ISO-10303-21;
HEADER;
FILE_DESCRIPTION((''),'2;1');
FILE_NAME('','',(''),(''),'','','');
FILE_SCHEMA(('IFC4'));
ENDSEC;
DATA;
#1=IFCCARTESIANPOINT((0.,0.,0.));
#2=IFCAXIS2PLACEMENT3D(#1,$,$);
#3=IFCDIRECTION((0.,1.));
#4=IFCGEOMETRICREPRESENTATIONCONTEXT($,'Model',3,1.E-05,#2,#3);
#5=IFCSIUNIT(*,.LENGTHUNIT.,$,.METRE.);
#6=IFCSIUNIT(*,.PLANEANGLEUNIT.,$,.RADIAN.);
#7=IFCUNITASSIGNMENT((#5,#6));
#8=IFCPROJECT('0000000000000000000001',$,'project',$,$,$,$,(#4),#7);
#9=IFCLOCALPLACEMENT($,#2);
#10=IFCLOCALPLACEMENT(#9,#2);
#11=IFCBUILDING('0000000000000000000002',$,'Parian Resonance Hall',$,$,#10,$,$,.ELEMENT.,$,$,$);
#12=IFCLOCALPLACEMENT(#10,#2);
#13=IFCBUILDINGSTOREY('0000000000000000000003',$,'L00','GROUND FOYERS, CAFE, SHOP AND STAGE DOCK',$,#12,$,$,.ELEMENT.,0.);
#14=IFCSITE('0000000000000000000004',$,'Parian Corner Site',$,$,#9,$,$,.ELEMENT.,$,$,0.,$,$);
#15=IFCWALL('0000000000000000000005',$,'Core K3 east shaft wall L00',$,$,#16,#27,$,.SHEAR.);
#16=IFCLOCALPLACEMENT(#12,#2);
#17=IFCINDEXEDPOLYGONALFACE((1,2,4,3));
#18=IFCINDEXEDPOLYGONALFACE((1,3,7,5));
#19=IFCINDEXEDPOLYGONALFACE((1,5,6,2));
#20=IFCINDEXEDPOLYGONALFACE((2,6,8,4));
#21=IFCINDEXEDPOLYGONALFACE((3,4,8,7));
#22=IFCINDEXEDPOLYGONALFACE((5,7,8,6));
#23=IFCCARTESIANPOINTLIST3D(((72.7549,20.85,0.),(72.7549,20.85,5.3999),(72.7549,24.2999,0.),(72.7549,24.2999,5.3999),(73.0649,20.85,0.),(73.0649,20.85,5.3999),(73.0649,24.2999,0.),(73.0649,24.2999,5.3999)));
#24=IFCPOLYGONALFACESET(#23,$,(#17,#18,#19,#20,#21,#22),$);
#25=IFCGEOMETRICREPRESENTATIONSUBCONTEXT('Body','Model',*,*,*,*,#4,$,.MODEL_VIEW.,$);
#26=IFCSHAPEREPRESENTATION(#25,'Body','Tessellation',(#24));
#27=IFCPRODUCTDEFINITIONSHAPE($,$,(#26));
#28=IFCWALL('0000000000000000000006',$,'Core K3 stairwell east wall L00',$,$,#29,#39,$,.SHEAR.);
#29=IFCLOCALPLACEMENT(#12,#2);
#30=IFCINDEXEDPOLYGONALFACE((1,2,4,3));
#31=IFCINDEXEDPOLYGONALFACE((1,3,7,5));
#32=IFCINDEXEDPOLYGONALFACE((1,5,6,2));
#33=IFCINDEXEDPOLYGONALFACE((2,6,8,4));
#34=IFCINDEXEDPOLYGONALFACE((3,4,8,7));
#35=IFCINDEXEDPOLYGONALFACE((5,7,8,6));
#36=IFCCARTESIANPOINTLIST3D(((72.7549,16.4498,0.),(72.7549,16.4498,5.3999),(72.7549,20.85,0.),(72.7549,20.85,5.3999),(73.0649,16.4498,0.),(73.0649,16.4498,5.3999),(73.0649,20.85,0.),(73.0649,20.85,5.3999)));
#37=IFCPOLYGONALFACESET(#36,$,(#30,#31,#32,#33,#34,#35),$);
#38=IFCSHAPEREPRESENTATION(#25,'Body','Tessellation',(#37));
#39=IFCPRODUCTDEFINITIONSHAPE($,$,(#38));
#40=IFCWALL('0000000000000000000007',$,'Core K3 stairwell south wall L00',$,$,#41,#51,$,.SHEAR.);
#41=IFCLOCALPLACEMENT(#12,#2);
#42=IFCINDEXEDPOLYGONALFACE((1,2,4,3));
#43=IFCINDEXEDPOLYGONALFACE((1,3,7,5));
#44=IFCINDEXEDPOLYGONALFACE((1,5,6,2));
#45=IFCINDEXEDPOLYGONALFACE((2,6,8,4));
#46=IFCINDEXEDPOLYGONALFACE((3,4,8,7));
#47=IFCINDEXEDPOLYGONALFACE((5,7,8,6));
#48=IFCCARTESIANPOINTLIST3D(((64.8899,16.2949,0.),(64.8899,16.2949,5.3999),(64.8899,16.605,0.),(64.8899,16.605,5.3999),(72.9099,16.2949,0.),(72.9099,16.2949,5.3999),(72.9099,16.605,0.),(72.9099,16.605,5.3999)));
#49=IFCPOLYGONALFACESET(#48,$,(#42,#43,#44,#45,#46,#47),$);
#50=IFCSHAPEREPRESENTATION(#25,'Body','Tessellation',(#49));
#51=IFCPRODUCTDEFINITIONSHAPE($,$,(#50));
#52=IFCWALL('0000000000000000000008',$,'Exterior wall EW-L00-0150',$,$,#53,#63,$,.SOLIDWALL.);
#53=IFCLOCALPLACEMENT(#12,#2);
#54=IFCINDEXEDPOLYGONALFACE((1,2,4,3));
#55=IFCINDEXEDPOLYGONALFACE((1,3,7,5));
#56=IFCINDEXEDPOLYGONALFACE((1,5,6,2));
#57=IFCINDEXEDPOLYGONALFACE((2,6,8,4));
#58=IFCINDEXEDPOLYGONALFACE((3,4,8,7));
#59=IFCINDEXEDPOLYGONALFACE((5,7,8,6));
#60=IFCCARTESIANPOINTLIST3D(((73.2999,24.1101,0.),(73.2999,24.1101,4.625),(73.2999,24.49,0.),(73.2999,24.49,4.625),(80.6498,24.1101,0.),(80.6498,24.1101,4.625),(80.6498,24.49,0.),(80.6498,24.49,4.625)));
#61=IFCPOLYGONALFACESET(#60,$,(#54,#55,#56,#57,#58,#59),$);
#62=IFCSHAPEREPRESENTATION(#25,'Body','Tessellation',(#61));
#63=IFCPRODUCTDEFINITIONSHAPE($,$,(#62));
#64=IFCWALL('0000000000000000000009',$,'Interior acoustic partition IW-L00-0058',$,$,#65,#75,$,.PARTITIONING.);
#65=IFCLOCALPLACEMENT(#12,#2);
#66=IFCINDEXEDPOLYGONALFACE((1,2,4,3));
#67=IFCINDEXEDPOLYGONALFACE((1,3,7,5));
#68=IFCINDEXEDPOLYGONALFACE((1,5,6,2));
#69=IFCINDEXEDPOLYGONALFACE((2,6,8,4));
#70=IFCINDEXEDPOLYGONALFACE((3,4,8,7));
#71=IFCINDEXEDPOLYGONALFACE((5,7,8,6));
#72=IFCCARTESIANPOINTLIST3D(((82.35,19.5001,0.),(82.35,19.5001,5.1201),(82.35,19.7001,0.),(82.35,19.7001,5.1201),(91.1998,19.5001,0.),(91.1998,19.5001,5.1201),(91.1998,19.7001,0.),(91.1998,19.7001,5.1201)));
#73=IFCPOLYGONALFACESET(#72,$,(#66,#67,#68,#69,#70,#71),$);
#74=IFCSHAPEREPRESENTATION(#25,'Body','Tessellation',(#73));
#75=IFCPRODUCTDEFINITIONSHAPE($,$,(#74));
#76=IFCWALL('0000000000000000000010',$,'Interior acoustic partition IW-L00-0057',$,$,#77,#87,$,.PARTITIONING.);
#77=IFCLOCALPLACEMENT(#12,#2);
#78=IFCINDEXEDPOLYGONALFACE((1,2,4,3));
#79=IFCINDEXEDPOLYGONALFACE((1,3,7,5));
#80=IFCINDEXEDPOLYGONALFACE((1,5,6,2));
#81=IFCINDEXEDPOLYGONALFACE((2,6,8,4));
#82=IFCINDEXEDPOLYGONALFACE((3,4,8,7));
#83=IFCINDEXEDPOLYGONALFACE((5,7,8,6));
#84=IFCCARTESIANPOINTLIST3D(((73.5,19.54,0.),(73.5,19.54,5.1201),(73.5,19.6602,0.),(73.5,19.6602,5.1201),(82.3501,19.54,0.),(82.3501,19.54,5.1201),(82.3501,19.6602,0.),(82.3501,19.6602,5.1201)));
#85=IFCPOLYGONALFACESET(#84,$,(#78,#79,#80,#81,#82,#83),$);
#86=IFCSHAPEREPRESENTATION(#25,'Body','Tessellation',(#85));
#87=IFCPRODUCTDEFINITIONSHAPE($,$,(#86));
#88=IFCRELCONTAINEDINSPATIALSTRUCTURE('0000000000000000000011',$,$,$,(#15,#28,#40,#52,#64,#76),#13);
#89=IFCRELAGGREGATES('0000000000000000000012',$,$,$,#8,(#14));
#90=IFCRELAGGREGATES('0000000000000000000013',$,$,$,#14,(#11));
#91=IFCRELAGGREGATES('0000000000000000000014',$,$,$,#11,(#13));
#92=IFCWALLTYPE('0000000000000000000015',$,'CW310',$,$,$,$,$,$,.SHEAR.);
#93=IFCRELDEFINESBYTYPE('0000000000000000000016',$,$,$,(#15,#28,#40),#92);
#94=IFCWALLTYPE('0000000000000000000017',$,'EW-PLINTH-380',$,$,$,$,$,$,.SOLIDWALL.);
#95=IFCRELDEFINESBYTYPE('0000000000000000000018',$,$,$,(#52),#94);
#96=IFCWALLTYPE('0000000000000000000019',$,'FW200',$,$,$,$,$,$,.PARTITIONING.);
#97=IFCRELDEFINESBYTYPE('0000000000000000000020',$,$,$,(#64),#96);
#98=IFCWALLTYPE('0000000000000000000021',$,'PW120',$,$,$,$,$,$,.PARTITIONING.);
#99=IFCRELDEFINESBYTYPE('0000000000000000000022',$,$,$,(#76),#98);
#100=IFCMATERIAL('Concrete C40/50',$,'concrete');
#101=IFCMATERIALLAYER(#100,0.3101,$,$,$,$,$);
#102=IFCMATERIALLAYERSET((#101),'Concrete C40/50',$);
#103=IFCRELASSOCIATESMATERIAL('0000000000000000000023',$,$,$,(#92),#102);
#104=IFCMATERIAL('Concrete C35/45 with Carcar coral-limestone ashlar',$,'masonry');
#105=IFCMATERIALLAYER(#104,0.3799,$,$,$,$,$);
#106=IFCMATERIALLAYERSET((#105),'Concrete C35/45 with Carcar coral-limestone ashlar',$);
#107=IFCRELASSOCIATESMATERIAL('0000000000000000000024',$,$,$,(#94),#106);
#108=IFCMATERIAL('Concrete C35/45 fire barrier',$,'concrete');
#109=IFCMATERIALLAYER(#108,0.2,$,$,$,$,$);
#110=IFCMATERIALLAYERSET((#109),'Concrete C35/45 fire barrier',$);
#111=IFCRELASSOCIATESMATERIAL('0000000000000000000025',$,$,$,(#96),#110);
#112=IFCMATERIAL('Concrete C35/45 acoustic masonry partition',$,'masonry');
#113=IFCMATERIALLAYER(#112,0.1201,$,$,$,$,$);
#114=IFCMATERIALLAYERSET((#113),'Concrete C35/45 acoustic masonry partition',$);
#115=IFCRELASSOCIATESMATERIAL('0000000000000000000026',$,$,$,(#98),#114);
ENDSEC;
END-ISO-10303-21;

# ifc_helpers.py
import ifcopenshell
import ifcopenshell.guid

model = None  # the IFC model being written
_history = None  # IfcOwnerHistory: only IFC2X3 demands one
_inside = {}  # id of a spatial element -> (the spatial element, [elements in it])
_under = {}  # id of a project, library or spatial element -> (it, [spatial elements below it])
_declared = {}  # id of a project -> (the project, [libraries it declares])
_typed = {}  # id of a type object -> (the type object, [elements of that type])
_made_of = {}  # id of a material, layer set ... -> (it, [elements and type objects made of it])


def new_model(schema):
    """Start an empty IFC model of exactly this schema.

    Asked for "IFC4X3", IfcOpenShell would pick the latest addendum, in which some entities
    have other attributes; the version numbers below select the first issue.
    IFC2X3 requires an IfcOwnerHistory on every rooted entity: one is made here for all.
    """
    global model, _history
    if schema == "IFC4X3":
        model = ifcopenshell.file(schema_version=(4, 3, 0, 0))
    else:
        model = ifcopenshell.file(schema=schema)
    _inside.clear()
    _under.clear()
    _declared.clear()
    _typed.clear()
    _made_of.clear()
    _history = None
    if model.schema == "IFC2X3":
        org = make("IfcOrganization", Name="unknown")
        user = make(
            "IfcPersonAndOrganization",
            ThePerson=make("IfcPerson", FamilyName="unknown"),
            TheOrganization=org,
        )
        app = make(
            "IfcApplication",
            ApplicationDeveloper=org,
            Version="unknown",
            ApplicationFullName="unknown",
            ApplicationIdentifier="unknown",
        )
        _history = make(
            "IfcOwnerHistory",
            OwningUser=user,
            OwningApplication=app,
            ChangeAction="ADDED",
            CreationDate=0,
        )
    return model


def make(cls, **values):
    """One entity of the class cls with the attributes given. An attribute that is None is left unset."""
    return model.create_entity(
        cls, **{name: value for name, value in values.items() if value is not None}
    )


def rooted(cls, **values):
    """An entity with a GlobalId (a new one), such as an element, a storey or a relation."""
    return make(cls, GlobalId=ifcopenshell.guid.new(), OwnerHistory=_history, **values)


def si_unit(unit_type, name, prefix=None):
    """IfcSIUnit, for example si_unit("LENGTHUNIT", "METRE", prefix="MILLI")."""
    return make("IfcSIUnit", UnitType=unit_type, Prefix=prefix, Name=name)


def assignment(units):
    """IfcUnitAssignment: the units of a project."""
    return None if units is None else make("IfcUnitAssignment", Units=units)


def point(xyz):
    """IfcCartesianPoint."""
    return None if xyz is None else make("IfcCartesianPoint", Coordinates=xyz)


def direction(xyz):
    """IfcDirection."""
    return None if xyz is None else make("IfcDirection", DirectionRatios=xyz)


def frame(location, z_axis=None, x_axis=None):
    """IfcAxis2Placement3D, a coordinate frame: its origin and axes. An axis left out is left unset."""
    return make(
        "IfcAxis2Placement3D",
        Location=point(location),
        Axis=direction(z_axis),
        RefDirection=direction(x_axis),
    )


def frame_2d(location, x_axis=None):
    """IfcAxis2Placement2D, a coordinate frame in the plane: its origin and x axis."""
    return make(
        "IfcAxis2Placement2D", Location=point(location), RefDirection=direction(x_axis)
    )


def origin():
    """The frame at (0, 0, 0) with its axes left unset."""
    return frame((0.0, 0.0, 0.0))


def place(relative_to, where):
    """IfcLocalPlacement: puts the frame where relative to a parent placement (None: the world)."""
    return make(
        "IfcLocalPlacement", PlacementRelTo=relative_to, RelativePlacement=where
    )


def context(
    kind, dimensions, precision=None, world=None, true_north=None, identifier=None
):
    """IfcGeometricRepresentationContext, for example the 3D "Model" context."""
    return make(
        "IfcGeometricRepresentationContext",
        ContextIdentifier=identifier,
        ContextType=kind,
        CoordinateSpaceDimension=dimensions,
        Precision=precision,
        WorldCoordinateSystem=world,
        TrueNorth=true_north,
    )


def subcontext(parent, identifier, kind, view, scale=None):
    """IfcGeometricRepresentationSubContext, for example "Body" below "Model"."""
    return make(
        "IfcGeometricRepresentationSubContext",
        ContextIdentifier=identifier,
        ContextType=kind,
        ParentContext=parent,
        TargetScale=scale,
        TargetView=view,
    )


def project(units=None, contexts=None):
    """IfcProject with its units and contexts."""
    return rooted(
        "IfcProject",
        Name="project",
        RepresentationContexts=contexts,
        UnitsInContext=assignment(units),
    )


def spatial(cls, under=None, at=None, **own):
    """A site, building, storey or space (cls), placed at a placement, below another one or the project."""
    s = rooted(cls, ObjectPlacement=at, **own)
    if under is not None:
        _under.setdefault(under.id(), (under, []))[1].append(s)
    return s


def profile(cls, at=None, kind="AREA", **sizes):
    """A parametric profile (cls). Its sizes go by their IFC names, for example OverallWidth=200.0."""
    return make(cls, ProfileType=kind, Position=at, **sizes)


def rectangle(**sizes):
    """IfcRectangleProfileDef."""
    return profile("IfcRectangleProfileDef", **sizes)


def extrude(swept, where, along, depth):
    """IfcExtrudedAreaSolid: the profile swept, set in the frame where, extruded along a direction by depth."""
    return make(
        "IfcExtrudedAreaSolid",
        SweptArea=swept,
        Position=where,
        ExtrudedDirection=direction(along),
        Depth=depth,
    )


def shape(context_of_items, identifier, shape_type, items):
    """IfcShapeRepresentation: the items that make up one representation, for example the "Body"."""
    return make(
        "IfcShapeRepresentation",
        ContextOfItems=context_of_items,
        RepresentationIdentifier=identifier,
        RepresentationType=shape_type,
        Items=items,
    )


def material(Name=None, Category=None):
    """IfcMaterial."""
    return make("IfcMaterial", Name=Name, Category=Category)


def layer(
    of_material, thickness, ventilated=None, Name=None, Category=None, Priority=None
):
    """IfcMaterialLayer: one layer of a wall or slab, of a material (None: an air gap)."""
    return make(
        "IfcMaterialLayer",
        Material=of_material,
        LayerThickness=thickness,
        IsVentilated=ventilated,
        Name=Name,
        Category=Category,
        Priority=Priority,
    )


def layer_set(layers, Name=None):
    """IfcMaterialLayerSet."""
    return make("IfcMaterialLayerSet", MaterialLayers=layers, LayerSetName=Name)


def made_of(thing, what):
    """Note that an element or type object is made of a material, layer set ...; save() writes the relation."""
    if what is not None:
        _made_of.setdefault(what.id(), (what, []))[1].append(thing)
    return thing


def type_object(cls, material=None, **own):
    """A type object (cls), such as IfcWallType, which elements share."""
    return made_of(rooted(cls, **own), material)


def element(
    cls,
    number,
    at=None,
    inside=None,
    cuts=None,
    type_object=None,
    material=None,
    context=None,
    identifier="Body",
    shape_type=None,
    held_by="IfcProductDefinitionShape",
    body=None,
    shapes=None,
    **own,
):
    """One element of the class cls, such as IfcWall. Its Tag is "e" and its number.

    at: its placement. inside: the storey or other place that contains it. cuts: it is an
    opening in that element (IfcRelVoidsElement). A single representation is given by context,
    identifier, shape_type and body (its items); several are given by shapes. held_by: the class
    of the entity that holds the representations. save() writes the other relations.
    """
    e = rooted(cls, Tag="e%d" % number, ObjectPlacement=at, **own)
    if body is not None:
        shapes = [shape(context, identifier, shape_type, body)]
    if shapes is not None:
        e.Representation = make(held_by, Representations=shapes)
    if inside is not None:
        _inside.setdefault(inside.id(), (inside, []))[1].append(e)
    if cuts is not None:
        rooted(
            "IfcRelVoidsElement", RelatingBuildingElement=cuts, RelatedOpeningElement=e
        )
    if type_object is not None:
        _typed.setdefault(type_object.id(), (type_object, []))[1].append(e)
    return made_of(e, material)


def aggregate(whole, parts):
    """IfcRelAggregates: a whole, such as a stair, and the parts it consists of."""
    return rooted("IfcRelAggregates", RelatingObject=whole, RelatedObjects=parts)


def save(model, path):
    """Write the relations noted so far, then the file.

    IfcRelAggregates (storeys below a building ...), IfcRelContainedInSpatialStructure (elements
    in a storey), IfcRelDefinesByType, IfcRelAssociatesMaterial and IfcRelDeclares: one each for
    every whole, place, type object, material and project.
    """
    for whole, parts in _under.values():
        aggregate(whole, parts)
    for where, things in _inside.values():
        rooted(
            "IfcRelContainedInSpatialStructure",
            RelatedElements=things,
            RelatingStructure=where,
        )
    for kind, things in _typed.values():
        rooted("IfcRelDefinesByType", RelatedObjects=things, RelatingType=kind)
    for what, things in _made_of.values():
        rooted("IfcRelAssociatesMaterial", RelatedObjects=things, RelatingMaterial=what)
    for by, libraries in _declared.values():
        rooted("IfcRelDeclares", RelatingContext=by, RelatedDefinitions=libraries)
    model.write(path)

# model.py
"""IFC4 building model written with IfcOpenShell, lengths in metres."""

from ifc_helpers import new_model, si_unit, direction, frame, frame_2d, origin, place, context, subcontext, project, spatial, rectangle, extrude, material, layer, layer_set, type_object, element, save


model = new_model("IFC4")

# Units and contexts
model_context = context("Model", 3, precision=1e-05, world=origin(), true_north=direction((0.0, 1.0)))
body_context = subcontext(model_context, "Body", "Model", "MODEL_VIEW")
ifc_project = project(units=[si_unit("LENGTHUNIT", "METRE"), si_unit("PLANEANGLEUNIT", "RADIAN")], contexts=[model_context])

# Site, building, storey
site_placement = place(None, origin())
site = spatial("IfcSite", under=ifc_project, at=site_placement, Name="Parian Corner Site", CompositionType="ELEMENT", RefElevation=0.0)
building_placement = place(site_placement, origin())
building = spatial("IfcBuilding", under=site, at=building_placement, Name="Parian Resonance Hall", CompositionType="ELEMENT")
storey_placement = place(building_placement, origin())
storey = spatial("IfcBuildingStorey", under=building, at=storey_placement, Name="L00", Description="GROUND FOYERS, CAFE, SHOP AND STAGE DOCK", CompositionType="ELEMENT", Elevation=0.0)

# Walls
ifc_material_1 = material(Name="Concrete C40/50", Category="concrete")
ifc_layer_1 = layer(ifc_material_1, 0.3101)
ifc_layer_set_1 = layer_set([ifc_layer_1], Name="Concrete C40/50")
wall_type_1 = type_object("IfcWallType", Name="CW310", PredefinedType="SHEAR", material=ifc_layer_set_1)
wall_1_placement = place(storey_placement, frame((72.9099, 24.3, 0.0), z_axis=(0.0, 0.0, 1.0), x_axis=(0.0, -1.0, 0.0)))
element("IfcWall", 1, at=wall_1_placement, inside=storey, type_object=wall_type_1, Name="Core K3 east shaft wall L00", PredefinedType="SHEAR", context=body_context, shape_type="SweptSolid", body=[
    extrude(rectangle(XDim=3.45, YDim=0.3101, at=frame_2d((1.7251, 0.0))), origin(), (0.0, 0.0, 1.0), 5.3999),
])
wall_2_placement = place(storey_placement, frame((72.9099, 20.8501, 0.0), z_axis=(0.0, 0.0, 1.0), x_axis=(0.0, -1.0, 0.0)))
element("IfcWall", 2, at=wall_2_placement, inside=storey, type_object=wall_type_1, Name="Core K3 stairwell east wall L00", PredefinedType="SHEAR", context=body_context, shape_type="SweptSolid", body=[
    extrude(rectangle(XDim=4.4001, YDim=0.3101, at=frame_2d((2.2002, 0.0))), origin(), (0.0, 0.0, 1.0), 5.3999),
])
wall_3_placement = place(storey_placement, frame((72.9099, 16.45, 0.0), z_axis=(0.0, 0.0, 1.0), x_axis=(-1.0, 0.0, 0.0)))
element("IfcWall", 3, at=wall_3_placement, inside=storey, type_object=wall_type_1, Name="Core K3 stairwell south wall L00", PredefinedType="SHEAR", context=body_context, shape_type="SweptSolid", body=[
    extrude(rectangle(XDim=8.02, YDim=0.3101, at=frame_2d((4.01, 0.0))), origin(), (0.0, 0.0, 1.0), 5.3999),
])
ifc_material_2 = material(Name="Concrete C35/45 with Carcar coral-limestone ashlar", Category="masonry")
ifc_layer_2 = layer(ifc_material_2, 0.3799)
ifc_layer_set_2 = layer_set([ifc_layer_2], Name="Concrete C35/45 with Carcar coral-limestone ashlar")
wall_type_2 = type_object("IfcWallType", Name="EW-PLINTH-380", PredefinedType="SOLIDWALL", material=ifc_layer_set_2)
wall_4_placement = place(storey_placement, frame((73.3, 24.3, 0.0), z_axis=(0.0, 0.0, 1.0), x_axis=(1.0, 0.0, 0.0)))
element("IfcWall", 4, at=wall_4_placement, inside=storey, type_object=wall_type_2, Name="Exterior wall EW-L00-0150", PredefinedType="SOLIDWALL", context=body_context, shape_type="SweptSolid", body=[
    extrude(rectangle(XDim=7.3499, YDim=0.3799, at=frame_2d((3.6748, 0.0))), origin(), (0.0, 0.0, 1.0), 4.625),
])
ifc_material_3 = material(Name="Concrete C35/45 fire barrier", Category="concrete")
ifc_layer_3 = layer(ifc_material_3, 0.2)
ifc_layer_set_3 = layer_set([ifc_layer_3], Name="Concrete C35/45 fire barrier")
wall_type_3 = type_object("IfcWallType", Name="FW200", PredefinedType="PARTITIONING", material=ifc_layer_set_3)
wall_5_placement = place(storey_placement, frame((82.3501, 19.6001, 0.0), z_axis=(0.0, 0.0, 1.0), x_axis=(1.0, 0.0, 0.0)))
element("IfcWall", 5, at=wall_5_placement, inside=storey, type_object=wall_type_3, Name="Interior acoustic partition IW-L00-0058", PredefinedType="PARTITIONING", context=body_context, shape_type="SweptSolid", body=[
    extrude(rectangle(XDim=8.8499, YDim=0.2, at=frame_2d((4.4248, 0.0))), origin(), (0.0, 0.0, 1.0), 5.1201),
])
ifc_material_4 = material(Name="Concrete C35/45 acoustic masonry partition", Category="masonry")
ifc_layer_4 = layer(ifc_material_4, 0.1201)
ifc_layer_set_4 = layer_set([ifc_layer_4], Name="Concrete C35/45 acoustic masonry partition")
wall_type_4 = type_object("IfcWallType", Name="PW120", PredefinedType="PARTITIONING", material=ifc_layer_set_4)
wall_6_placement = place(storey_placement, frame((73.5, 19.6001, 0.0), z_axis=(0.0, 0.0, 1.0), x_axis=(1.0, 0.0, 0.0)))
element("IfcWall", 6, at=wall_6_placement, inside=storey, type_object=wall_type_4, Name="Interior acoustic partition IW-L00-0057", PredefinedType="PARTITIONING", context=body_context, shape_type="SweptSolid", body=[
    extrude(rectangle(XDim=8.8501, YDim=0.1201, at=frame_2d((4.425, 0.0))), origin(), (0.0, 0.0, 1.0), 5.1201),
])

save(model, "model.ifc")
